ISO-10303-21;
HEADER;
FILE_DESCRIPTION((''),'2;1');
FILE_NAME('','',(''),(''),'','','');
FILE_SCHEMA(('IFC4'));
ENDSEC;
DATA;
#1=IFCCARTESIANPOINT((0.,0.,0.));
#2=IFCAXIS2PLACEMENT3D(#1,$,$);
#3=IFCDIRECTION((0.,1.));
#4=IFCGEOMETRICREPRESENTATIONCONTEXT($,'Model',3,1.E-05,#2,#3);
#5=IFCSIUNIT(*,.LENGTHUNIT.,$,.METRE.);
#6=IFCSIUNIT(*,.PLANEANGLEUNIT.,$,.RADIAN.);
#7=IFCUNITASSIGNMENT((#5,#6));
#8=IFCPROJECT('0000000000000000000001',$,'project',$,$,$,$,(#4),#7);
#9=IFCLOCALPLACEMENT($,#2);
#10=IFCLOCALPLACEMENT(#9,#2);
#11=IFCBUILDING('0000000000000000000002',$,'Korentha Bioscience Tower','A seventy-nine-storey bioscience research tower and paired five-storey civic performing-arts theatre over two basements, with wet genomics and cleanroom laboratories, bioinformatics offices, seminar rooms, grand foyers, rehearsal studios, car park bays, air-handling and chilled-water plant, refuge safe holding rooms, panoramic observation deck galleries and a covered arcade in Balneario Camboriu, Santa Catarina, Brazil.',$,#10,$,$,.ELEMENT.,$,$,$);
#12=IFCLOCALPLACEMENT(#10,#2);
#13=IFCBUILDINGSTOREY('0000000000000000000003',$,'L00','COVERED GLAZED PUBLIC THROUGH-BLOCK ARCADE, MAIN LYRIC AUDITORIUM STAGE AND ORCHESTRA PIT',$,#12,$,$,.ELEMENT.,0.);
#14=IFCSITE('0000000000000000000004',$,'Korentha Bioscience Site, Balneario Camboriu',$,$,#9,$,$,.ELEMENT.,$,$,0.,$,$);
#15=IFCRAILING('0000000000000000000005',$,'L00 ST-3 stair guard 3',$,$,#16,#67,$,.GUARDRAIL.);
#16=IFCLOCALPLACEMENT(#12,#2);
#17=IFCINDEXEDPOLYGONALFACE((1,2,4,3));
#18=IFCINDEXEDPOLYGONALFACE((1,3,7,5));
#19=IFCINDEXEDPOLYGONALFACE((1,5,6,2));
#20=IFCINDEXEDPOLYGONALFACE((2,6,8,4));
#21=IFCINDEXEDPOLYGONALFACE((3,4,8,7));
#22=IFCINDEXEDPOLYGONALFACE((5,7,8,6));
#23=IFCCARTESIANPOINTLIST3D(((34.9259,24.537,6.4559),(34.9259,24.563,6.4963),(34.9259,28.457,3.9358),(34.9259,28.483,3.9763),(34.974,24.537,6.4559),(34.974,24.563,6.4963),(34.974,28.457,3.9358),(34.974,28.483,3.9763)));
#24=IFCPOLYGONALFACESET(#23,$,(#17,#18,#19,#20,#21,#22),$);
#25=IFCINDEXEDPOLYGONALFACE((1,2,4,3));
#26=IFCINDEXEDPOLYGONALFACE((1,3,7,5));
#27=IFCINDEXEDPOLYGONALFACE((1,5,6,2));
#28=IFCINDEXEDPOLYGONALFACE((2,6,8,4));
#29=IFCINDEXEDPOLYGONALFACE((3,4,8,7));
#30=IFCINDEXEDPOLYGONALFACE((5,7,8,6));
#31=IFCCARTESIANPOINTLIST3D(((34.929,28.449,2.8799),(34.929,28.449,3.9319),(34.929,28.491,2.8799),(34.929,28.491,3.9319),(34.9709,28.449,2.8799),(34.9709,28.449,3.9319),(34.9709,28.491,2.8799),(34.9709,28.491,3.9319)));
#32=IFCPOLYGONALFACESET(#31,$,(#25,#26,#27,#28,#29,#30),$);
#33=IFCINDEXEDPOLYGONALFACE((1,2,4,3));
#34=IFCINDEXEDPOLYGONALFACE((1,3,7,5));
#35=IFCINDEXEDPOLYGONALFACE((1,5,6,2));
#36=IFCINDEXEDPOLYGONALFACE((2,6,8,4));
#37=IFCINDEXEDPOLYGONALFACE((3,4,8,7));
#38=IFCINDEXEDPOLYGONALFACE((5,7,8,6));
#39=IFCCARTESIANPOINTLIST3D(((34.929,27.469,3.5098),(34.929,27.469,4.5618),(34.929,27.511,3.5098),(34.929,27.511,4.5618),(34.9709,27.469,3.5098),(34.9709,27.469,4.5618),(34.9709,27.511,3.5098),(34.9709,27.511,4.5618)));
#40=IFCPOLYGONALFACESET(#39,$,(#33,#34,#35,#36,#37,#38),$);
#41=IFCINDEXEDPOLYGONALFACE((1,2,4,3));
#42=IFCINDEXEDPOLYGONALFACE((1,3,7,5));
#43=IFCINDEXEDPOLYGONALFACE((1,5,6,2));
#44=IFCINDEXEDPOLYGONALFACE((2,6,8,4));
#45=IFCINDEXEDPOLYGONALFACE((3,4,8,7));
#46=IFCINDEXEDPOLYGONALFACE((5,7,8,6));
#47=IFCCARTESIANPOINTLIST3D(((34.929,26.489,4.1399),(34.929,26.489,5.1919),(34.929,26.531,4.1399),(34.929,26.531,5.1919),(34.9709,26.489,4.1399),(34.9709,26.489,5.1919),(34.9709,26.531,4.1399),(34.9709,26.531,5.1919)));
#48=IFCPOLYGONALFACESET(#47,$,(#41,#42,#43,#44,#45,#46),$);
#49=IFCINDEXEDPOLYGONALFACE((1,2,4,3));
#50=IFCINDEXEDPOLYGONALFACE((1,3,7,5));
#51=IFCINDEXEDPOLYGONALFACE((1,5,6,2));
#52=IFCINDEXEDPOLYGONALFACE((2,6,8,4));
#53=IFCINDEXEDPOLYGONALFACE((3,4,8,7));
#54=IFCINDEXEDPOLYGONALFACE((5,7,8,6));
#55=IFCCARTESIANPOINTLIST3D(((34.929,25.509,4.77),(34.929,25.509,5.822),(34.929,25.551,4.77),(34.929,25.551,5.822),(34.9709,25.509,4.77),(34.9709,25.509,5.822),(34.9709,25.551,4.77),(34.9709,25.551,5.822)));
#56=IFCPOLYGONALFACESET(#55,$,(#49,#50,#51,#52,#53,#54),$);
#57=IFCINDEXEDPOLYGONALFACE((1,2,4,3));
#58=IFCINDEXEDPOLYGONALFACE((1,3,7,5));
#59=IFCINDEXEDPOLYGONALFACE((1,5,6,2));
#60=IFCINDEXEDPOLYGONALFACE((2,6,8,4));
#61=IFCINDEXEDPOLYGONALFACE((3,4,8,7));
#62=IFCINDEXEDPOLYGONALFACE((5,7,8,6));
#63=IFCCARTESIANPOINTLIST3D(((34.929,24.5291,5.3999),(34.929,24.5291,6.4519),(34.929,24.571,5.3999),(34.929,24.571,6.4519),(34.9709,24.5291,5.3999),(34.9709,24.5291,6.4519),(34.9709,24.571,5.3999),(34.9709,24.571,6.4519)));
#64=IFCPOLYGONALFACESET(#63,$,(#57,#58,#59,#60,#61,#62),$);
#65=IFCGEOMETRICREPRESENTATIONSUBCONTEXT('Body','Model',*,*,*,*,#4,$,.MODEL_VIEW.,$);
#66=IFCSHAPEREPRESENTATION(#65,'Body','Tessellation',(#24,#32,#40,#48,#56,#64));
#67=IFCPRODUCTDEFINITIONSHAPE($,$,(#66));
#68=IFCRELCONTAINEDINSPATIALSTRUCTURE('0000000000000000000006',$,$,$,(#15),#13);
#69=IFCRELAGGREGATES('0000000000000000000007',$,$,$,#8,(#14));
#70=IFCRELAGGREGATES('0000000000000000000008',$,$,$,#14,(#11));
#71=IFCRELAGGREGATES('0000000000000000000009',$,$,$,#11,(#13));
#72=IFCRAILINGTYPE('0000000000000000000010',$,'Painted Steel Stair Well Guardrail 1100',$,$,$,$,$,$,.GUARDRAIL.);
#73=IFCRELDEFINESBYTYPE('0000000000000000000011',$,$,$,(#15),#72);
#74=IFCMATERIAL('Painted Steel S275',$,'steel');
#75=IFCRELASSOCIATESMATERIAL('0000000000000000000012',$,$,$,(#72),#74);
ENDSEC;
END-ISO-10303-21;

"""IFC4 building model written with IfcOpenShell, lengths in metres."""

from ifc_helpers import new_model, si_unit, direction, frame, origin, origin_2d, place, context, subcontext, project, spatial, rectangle, extrude, material, type_object, element, save


model = new_model("IFC4")

# Units and contexts
model_context = context("Model", 3, precision=1e-05, world=origin(), true_north=direction((0.0, 1.0)))
body_context = subcontext(model_context, "Body", "Model", "MODEL_VIEW")
ifc_project = project(units=[si_unit("LENGTHUNIT", "METRE"), si_unit("PLANEANGLEUNIT", "RADIAN")], contexts=[model_context])

# Site, building, storey
site_placement = place(None, origin())
site = spatial("IfcSite", under=ifc_project, at=site_placement, Name="Korentha Bioscience Site, Balneario Camboriu", CompositionType="ELEMENT", RefElevation=0.0)
building_placement = place(site_placement, origin())
building = spatial("IfcBuilding", under=site, at=building_placement, Name="Korentha Bioscience Tower", Description="A seventy-nine-storey bioscience research tower and paired five-storey civic performing-arts theatre over two basements, with wet genomics and cleanroom laboratories, bioinformatics offices, seminar rooms, grand foyers, rehearsal studios, car park bays, air-handling and chilled-water plant, refuge safe holding rooms, panoramic observation deck galleries and a covered arcade in Balneario Camboriu, Santa Catarina, Brazil.", CompositionType="ELEMENT")
storey_placement = place(building_placement, origin())
storey = spatial("IfcBuildingStorey", under=building, at=storey_placement, Name="L00", Description="COVERED GLAZED PUBLIC THROUGH-BLOCK ARCADE, MAIN LYRIC AUDITORIUM STAGE AND ORCHESTRA PIT", CompositionType="ELEMENT", Elevation=0.0)

# Railing
ifc_material_1 = material(Name="Painted Steel S275", Category="steel")
railing_type_1 = type_object("IfcRailingType", Name="Painted Steel Stair Well Guardrail 1100", PredefinedType="GUARDRAIL", material=ifc_material_1)
railing_1_placement = place(storey_placement, frame((34.95, 28.47, 2.8799)))
element("IfcRailing", 1, at=railing_1_placement, inside=storey, type_object=railing_type_1, Name="L00 ST-3 stair guard 3", PredefinedType="GUARDRAIL", context=body_context, shape_type="SweptSolid", body=[
    extrude(rectangle(XDim=0.0481, YDim=0.0481, at=origin_2d()), frame((0.0, 0.0, 1.0762), z_axis=(0.0, -0.841172, 0.540768), x_axis=(1.0, 0.0, 0.0)), (0.0, 0.0, 1.0), 4.6602),
    extrude(rectangle(XDim=0.042, YDim=0.042, at=origin_2d()), origin(), (0.0, 0.0, 1.0), 1.052),
    extrude(rectangle(XDim=0.042, YDim=0.042, at=origin_2d()), frame((0.0, -0.98, 0.6299)), (0.0, 0.0, 1.0), 1.052),
    extrude(rectangle(XDim=0.042, YDim=0.042, at=origin_2d()), frame((0.0, -1.96, 1.26)), (0.0, 0.0, 1.0), 1.052),
    extrude(rectangle(XDim=0.042, YDim=0.042, at=origin_2d()), frame((0.0, -2.9399, 1.8901)), (0.0, 0.0, 1.0), 1.052),
    extrude(rectangle(XDim=0.042, YDim=0.042, at=origin_2d()), frame((0.0, -3.9199, 2.52)), (0.0, 0.0, 1.0), 1.052),
])

save(model, "model.ifc")
